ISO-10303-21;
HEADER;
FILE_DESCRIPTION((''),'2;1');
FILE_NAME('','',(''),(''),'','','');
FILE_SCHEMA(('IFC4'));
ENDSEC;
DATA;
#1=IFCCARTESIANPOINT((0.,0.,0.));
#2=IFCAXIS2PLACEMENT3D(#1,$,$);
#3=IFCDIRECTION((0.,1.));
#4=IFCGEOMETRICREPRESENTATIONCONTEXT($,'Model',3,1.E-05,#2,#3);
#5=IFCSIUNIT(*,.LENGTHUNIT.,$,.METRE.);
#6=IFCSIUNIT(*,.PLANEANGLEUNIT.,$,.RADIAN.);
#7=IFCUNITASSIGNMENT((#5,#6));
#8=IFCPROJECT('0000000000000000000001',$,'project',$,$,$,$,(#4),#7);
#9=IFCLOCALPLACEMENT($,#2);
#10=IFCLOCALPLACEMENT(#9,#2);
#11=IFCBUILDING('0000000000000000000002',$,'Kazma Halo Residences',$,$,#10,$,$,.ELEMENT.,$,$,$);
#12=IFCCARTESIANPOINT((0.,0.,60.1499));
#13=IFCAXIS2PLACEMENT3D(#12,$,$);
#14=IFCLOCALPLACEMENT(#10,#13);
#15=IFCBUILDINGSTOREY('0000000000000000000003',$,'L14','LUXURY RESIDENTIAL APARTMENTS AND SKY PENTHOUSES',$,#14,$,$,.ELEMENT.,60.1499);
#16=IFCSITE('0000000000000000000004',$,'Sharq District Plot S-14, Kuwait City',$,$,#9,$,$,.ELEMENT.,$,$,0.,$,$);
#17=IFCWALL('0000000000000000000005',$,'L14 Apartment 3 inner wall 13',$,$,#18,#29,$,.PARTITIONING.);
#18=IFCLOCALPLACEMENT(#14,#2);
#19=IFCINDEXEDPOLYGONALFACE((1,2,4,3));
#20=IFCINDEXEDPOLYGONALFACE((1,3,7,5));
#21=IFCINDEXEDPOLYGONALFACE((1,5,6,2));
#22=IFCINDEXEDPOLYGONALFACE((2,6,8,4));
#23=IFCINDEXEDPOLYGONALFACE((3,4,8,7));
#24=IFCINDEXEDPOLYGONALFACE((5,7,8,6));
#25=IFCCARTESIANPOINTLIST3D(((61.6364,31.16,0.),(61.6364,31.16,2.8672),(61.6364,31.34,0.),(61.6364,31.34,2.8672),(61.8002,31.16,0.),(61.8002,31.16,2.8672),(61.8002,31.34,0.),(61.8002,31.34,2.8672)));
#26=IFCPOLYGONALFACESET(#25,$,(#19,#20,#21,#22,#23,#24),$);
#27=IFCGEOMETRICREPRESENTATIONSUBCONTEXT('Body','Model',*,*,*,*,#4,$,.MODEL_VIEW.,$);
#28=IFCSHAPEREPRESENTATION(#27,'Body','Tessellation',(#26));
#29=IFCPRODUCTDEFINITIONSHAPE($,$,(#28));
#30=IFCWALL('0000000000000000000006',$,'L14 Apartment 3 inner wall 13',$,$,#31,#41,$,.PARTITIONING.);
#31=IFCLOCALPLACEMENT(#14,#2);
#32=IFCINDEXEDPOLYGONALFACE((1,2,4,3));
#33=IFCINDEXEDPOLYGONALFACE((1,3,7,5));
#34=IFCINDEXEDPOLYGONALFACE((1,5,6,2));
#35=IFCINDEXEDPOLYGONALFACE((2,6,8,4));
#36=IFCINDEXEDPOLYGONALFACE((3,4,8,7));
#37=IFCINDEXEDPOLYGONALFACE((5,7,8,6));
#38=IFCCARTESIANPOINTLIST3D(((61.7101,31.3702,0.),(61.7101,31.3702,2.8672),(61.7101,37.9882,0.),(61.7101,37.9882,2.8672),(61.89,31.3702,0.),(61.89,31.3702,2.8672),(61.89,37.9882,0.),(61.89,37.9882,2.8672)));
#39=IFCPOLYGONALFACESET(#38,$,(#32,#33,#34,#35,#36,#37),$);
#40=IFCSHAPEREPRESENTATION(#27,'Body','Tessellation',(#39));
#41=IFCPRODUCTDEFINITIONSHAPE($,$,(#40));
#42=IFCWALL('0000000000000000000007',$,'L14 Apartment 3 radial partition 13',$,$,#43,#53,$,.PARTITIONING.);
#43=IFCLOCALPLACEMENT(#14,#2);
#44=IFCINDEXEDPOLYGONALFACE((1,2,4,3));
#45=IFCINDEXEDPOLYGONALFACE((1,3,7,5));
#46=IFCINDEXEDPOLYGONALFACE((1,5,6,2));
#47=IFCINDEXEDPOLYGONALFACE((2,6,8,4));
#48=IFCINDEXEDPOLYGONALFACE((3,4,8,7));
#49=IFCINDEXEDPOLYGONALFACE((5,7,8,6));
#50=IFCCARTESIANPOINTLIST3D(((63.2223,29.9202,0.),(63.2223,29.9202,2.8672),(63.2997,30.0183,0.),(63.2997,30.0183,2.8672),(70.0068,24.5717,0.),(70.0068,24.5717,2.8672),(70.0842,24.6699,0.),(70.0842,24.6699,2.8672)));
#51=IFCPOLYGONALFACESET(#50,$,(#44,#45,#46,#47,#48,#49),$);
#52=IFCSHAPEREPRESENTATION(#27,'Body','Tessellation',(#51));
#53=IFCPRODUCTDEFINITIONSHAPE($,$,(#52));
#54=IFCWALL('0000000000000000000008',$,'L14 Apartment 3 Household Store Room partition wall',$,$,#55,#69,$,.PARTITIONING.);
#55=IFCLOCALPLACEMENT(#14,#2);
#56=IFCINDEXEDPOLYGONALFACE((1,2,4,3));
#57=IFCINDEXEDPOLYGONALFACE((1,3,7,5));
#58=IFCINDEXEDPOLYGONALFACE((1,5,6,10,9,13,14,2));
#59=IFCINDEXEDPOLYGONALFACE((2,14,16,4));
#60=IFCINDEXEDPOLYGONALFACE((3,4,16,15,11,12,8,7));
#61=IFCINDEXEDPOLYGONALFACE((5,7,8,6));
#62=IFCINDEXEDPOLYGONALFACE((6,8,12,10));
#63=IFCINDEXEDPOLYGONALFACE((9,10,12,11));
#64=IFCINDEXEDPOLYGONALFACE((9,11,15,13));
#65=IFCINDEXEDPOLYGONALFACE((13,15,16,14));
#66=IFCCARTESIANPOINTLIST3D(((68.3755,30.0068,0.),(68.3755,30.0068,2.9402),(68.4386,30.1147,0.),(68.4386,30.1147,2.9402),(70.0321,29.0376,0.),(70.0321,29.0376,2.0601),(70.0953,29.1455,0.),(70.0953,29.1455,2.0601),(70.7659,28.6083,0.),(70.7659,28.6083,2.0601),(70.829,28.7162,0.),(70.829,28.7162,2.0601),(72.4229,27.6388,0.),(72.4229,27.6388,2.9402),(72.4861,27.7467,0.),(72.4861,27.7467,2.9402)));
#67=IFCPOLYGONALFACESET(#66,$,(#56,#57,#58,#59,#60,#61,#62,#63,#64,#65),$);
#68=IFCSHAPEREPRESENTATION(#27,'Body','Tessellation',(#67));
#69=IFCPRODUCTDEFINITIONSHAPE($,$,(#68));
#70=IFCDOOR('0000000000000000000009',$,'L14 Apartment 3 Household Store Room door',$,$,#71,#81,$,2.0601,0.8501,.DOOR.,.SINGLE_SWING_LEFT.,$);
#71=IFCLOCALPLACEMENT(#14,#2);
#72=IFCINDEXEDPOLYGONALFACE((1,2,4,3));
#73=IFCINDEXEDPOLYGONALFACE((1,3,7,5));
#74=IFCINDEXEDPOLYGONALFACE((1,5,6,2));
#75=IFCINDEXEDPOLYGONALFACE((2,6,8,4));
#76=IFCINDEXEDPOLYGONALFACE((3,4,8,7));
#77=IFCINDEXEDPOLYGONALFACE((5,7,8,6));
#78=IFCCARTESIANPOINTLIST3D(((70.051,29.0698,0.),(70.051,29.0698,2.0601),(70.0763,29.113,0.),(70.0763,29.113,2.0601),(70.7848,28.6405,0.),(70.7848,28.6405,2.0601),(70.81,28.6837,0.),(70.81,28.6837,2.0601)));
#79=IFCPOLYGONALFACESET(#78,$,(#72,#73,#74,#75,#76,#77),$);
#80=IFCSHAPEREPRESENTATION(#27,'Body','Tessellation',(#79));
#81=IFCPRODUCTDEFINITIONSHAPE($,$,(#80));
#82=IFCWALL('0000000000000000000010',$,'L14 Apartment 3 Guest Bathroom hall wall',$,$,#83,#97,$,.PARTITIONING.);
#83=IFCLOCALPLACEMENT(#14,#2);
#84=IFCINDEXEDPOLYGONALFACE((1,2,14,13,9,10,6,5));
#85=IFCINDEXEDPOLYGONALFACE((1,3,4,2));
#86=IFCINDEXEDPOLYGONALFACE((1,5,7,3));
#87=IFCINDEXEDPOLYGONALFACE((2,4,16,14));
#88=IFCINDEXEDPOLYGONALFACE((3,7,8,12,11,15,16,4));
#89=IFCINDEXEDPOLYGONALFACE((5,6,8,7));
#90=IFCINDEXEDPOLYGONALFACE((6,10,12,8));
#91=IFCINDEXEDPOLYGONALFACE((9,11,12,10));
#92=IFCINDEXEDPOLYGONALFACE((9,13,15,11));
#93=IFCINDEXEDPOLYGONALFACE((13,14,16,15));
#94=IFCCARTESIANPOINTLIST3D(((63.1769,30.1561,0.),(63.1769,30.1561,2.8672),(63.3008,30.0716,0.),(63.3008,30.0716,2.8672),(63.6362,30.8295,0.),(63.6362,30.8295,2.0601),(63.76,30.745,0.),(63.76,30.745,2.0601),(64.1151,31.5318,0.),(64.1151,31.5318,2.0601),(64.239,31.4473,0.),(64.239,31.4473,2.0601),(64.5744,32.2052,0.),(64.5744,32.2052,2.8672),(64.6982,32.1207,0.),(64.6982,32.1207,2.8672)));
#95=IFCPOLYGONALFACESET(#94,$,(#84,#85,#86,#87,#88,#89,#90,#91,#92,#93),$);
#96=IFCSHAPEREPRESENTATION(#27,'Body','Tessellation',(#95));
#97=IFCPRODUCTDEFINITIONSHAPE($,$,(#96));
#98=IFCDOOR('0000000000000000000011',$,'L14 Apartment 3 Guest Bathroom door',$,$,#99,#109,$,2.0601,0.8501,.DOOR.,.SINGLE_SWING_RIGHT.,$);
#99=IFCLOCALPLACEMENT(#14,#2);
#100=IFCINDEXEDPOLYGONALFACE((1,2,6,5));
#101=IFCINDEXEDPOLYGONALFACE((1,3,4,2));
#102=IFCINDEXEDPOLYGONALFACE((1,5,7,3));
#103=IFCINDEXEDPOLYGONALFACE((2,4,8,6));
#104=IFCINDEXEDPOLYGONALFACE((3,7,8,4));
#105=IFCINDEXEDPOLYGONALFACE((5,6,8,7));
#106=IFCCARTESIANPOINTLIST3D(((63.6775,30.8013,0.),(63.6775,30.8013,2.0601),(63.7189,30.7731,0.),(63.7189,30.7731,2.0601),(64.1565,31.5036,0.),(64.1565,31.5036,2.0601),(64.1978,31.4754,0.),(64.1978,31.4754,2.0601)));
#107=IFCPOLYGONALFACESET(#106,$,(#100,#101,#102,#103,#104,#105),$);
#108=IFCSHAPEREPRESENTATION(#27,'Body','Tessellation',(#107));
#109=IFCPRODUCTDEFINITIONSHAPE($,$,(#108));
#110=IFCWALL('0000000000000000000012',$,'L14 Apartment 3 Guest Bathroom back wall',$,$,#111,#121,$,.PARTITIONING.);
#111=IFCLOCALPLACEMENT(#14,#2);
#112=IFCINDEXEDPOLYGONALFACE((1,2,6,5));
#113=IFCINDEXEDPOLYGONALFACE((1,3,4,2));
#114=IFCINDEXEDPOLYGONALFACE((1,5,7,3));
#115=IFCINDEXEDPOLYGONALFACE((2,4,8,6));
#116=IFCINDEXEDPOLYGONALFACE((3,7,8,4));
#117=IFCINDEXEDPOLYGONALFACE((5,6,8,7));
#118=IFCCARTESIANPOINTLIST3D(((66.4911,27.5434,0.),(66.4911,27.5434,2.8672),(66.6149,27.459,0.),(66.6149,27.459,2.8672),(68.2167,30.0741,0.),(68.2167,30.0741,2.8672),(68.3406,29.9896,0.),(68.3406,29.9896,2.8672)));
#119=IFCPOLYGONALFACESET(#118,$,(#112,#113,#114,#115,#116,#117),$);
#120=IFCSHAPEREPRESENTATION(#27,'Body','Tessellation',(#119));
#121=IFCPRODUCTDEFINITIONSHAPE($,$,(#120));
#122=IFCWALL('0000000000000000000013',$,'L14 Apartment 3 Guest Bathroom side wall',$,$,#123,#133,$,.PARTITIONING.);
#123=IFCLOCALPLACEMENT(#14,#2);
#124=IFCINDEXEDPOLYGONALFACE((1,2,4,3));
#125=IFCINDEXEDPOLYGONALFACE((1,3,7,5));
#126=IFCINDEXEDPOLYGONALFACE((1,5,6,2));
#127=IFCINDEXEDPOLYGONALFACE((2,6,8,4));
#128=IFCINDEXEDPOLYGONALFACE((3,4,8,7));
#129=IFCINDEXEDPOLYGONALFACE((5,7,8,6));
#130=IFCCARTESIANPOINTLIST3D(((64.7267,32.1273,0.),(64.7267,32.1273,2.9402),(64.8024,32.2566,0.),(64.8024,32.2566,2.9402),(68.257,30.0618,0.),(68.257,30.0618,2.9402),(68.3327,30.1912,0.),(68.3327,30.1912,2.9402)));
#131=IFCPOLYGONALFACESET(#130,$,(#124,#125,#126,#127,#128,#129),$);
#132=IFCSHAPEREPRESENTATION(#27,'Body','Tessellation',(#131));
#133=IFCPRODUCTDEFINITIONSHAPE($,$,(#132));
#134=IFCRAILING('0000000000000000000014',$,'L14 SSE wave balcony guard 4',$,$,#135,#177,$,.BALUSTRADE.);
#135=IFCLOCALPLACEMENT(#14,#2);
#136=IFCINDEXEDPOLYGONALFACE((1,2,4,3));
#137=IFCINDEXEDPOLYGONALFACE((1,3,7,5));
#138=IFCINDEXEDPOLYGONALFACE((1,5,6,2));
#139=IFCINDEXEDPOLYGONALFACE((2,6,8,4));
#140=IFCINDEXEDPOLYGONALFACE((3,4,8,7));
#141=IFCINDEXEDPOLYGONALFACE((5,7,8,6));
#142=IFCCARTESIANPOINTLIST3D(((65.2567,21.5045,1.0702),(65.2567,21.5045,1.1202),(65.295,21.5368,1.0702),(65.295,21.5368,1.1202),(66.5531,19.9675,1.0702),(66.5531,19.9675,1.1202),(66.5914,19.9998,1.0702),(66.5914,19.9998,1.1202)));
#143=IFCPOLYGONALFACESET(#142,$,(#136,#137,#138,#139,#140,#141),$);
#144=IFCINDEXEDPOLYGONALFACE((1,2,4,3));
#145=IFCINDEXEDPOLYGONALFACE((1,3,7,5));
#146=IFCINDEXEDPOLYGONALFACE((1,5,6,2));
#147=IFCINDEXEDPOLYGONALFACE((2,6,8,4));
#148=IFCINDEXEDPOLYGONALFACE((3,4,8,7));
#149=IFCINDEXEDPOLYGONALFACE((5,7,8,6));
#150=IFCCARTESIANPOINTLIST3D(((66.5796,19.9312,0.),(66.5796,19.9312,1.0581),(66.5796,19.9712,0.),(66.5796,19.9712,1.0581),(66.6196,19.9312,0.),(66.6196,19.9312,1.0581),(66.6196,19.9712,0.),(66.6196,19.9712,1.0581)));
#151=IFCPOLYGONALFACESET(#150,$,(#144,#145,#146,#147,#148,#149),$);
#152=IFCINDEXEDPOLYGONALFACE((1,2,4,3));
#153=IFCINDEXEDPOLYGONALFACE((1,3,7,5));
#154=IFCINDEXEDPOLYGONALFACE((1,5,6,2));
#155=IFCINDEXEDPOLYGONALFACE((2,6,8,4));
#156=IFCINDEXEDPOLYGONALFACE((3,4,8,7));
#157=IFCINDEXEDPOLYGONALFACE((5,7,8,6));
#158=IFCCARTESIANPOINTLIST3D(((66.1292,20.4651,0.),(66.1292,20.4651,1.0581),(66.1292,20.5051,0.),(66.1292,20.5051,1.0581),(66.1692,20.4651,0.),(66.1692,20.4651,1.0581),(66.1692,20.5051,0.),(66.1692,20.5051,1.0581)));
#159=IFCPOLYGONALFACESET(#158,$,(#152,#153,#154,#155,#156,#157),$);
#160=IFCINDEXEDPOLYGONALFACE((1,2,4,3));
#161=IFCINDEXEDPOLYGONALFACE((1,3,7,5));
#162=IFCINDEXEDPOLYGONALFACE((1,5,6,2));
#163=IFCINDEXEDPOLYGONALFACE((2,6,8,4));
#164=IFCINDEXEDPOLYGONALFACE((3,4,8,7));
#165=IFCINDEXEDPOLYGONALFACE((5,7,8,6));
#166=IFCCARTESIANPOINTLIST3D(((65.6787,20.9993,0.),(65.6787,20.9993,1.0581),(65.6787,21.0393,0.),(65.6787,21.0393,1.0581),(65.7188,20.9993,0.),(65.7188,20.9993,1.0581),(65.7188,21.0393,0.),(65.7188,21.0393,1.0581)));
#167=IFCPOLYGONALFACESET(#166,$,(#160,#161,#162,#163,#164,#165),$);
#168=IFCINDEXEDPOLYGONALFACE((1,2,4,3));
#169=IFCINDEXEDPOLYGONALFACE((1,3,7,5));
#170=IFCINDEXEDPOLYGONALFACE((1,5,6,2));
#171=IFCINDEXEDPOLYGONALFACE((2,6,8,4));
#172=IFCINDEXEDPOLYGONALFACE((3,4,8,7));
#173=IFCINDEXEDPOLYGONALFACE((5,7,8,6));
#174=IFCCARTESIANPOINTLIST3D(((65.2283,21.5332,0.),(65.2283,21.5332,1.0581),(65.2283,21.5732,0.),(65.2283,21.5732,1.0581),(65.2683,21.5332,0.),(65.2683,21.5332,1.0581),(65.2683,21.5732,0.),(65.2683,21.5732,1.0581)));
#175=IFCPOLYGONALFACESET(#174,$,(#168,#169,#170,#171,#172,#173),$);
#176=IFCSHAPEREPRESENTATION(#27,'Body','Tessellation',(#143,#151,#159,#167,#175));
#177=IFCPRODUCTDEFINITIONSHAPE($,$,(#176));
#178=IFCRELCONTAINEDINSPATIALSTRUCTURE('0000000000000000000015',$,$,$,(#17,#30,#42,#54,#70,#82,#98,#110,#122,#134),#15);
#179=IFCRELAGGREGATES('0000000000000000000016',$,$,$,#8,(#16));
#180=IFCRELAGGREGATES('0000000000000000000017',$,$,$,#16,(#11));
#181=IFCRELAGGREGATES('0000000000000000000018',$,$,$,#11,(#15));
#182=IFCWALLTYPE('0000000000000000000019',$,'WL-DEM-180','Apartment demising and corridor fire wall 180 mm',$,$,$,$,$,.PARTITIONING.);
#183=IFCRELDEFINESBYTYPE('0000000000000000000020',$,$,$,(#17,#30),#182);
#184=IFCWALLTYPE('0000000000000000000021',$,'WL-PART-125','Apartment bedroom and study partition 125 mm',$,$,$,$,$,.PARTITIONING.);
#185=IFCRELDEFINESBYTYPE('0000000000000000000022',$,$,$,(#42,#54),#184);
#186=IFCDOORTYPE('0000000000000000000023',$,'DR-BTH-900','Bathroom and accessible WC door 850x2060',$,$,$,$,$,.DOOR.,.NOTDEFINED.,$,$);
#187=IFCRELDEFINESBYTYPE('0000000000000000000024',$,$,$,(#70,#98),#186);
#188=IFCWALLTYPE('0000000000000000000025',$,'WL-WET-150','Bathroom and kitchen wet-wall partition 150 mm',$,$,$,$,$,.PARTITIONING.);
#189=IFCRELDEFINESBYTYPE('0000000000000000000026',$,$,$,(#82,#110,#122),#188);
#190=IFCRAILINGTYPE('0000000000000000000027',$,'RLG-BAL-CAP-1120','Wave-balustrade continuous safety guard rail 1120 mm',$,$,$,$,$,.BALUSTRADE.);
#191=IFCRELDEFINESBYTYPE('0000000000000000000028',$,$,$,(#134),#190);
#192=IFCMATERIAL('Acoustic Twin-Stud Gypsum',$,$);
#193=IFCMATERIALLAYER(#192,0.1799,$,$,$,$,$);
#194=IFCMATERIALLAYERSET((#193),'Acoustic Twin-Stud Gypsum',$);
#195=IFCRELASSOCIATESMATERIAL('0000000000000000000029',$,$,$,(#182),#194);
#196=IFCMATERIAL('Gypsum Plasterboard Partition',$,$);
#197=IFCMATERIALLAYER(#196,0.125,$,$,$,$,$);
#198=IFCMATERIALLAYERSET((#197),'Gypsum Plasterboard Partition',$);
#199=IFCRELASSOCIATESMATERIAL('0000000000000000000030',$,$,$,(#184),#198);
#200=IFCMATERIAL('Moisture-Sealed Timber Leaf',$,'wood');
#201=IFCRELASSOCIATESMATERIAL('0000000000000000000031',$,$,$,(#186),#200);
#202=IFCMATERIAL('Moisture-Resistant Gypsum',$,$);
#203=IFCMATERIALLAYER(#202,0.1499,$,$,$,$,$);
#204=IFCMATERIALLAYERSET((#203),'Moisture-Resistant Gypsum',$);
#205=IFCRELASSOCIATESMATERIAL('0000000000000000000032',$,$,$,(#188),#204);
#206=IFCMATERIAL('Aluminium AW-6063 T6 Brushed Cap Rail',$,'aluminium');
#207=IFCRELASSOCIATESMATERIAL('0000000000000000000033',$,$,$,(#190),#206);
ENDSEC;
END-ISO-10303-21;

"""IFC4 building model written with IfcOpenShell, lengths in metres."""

from ifc_helpers import new_model, si_unit, direction, frame, frame_2d, origin, origin_2d, place, context, subcontext, project, spatial, rectangle, extrude, material, layer, layer_set, type_object, element, fill, save


model = new_model("IFC4")

# Units and contexts
model_context = context("Model", 3, precision=1e-05, world=origin(), true_north=direction((0.0, 1.0)))
body_context = subcontext(model_context, "Body", "Model", "MODEL_VIEW")
ifc_project = project(units=[si_unit("LENGTHUNIT", "METRE"), si_unit("PLANEANGLEUNIT", "RADIAN")], contexts=[model_context])

# Site, building, storey
site_placement = place(None, origin())
site = spatial("IfcSite", under=ifc_project, at=site_placement, Name="Sharq District Plot S-14, Kuwait City", CompositionType="ELEMENT", RefElevation=0.0)
building_placement = place(site_placement, origin())
building = spatial("IfcBuilding", under=site, at=building_placement, Name="Kazma Halo Residences", CompositionType="ELEMENT")
storey_placement = place(building_placement, frame((0.0, 0.0, 60.1499)))
storey = spatial("IfcBuildingStorey", under=building, at=storey_placement, Name="L14", Description="LUXURY RESIDENTIAL APARTMENTS AND SKY PENTHOUSES", CompositionType="ELEMENT", Elevation=60.1499)

# Walls
ifc_material_1 = material(Name="Acoustic Twin-Stud Gypsum")
ifc_layer_1 = layer(ifc_material_1, 0.1799)
ifc_layer_set_1 = layer_set([ifc_layer_1], Name="Acoustic Twin-Stud Gypsum")
wall_type_1 = type_object("IfcWallType", Name="WL-DEM-180", Description="Apartment demising and corridor fire wall 180 mm", PredefinedType="PARTITIONING", material=ifc_layer_set_1)
wall_1_placement = place(storey_placement, frame((61.6362, 31.25, 0.0), z_axis=(0.0, 0.0, 1.0), x_axis=(1.0, 0.0, 0.0)))
element("IfcWall", 1, at=wall_1_placement, inside=storey, type_object=wall_type_1, Name="L14 Apartment 3 inner wall 13", PredefinedType="PARTITIONING", context=body_context, shape_type="SweptSolid", body=[
    extrude(rectangle(XDim=0.1638, YDim=0.1799, at=frame_2d((0.082, 0.0))), origin(), (0.0, 0.0, 1.0), 2.8672),
])
wall_2_placement = place(storey_placement, frame((61.8, 31.3701, 0.0), z_axis=(0.0, 0.0, 1.0), x_axis=(0.0, 1.0, 0.0)))
element("IfcWall", 2, at=wall_2_placement, inside=storey, type_object=wall_type_1, Name="L14 Apartment 3 inner wall 13", PredefinedType="PARTITIONING", context=body_context, shape_type="SweptSolid", body=[
    extrude(rectangle(XDim=6.6179, YDim=0.1799, at=frame_2d((3.3091, 0.0))), origin(), (0.0, 0.0, 1.0), 2.8672),
])

# Wall
ifc_material_2 = material(Name="Gypsum Plasterboard Partition")
ifc_layer_2 = layer(ifc_material_2, 0.125)
ifc_layer_set_2 = layer_set([ifc_layer_2], Name="Gypsum Plasterboard Partition")
wall_type_2 = type_object("IfcWallType", Name="WL-PART-125", Description="Apartment bedroom and study partition 125 mm", PredefinedType="PARTITIONING", material=ifc_layer_set_2)
wall_3_placement = place(storey_placement, frame((63.261, 29.9692, 0.0), z_axis=(0.0, 0.0, 1.0), x_axis=(0.785318, -0.619093, 0.0)))
element("IfcWall", 3, at=wall_3_placement, inside=storey, type_object=wall_type_2, Name="L14 Apartment 3 radial partition 13", PredefinedType="PARTITIONING", context=body_context, shape_type="SweptSolid", body=[
    extrude(rectangle(XDim=8.6392, YDim=0.125, at=frame_2d((4.3196, 0.0))), origin(), (0.0, 0.0, 1.0), 2.8672),
])

# Walls, openings, doors
wall_4_placement = place(storey_placement, frame((68.407, 30.0608, 0.0), z_axis=(0.0, 0.0, 1.0), x_axis=(0.863132, -0.504978, 0.0)))
wall_4 = element("IfcWall", 4, at=wall_4_placement, inside=storey, type_object=wall_type_2, Name="L14 Apartment 3 Household Store Room partition wall", PredefinedType="PARTITIONING", context=body_context, shape_type="SweptSolid", body=[
    extrude(rectangle(XDim=4.6892, YDim=0.125, at=frame_2d((2.3447, 0.0))), origin(), (0.0, 0.0, 1.0), 2.9402),
])
opening_1_placement = place(wall_4_placement, frame((1.9194, 0.0, 0.0)))
opening_1 = element("IfcOpeningElement", 5, at=opening_1_placement, cuts=wall_4, PredefinedType="OPENING", context=body_context, shape_type="SweptSolid", body=[
    extrude(rectangle(XDim=0.8501, YDim=2.0601, at=frame_2d((0.425, 1.03))), frame((0.0, 0.0725, 0.0), z_axis=(0.0, -1.0, 0.0), x_axis=(1.0, 0.0, 0.0)), (0.0, 0.0, 1.0), 0.145),
])
ifc_material_3 = material(Name="Moisture-Sealed Timber Leaf", Category="wood")
door_type_1 = type_object("IfcDoorType", Name="DR-BTH-900", Description="Bathroom and accessible WC door 850x2060", OperationType="NOTDEFINED", PredefinedType="DOOR", material=ifc_material_3)
door_1_placement = place(opening_1_placement, origin())
door_1 = element("IfcDoor", 6, at=door_1_placement, inside=storey, type_object=door_type_1, Name="L14 Apartment 3 Household Store Room door", OperationType="SINGLE_SWING_LEFT", OverallHeight=2.0601, OverallWidth=0.8501, PredefinedType="DOOR", context=body_context, shape_type="SweptSolid", body=[
    extrude(rectangle(XDim=0.8501, YDim=2.0601, at=frame_2d((0.425, 1.03))), frame((0.0, 0.0249, 0.0), z_axis=(0.0, -1.0, 0.0), x_axis=(1.0, 0.0, 0.0)), (0.0, 0.0, 1.0), 0.05),
])
fill(opening_1, door_1)
ifc_material_4 = material(Name="Moisture-Resistant Gypsum")
ifc_layer_3 = layer(ifc_material_4, 0.1499)
ifc_layer_set_3 = layer_set([ifc_layer_3], Name="Moisture-Resistant Gypsum")
wall_type_3 = type_object("IfcWallType", Name="WL-WET-150", Description="Bathroom and kitchen wet-wall partition 150 mm", PredefinedType="PARTITIONING", material=ifc_layer_set_3)
wall_5_placement = place(storey_placement, frame((63.2388, 30.1138, 0.0), z_axis=(0.0, 0.0, 1.0), x_axis=(0.563438, 0.826159, 0.0)))
wall_5 = element("IfcWall", 7, at=wall_5_placement, inside=storey, type_object=wall_type_3, Name="L14 Apartment 3 Guest Bathroom hall wall", PredefinedType="PARTITIONING", context=body_context, shape_type="SweptSolid", body=[
    extrude(rectangle(XDim=2.4802, YDim=0.1499, at=frame_2d((1.2402, 0.0))), origin(), (0.0, 0.0, 1.0), 2.8672),
])
opening_2_placement = place(wall_5_placement, frame((0.8152, 0.0, 0.0)))
opening_2 = element("IfcOpeningElement", 8, at=opening_2_placement, cuts=wall_5, PredefinedType="OPENING", context=body_context, shape_type="SweptSolid", body=[
    extrude(rectangle(XDim=0.8501, YDim=2.0601, at=frame_2d((0.425, 1.03))), frame((0.0, 0.085, 0.0), z_axis=(0.0, -1.0, 0.0), x_axis=(1.0, 0.0, 0.0)), (0.0, 0.0, 1.0), 0.1699),
])
door_2_placement = place(opening_2_placement, origin())
door_2 = element("IfcDoor", 9, at=door_2_placement, inside=storey, type_object=door_type_1, Name="L14 Apartment 3 Guest Bathroom door", OperationType="SINGLE_SWING_RIGHT", OverallHeight=2.0601, OverallWidth=0.8501, PredefinedType="DOOR", context=body_context, shape_type="SweptSolid", body=[
    extrude(rectangle(XDim=0.8501, YDim=2.0601, at=frame_2d((0.425, 1.03))), frame((0.0, 0.0249, 0.0), z_axis=(0.0, -1.0, 0.0), x_axis=(1.0, 0.0, 0.0)), (0.0, 0.0, 1.0), 0.05),
])
fill(opening_2, door_2)

# Walls
wall_6_placement = place(storey_placement, frame((66.553, 27.5012, 0.0), z_axis=(0.0, 0.0, 1.0), x_axis=(0.563389, 0.826192, 0.0)))
element("IfcWall", 10, at=wall_6_placement, inside=storey, type_object=wall_type_3, Name="L14 Apartment 3 Guest Bathroom back wall", PredefinedType="PARTITIONING", context=body_context, shape_type="SweptSolid", body=[
    extrude(rectangle(XDim=3.063, YDim=0.1499, at=frame_2d((1.5315, 0.0))), origin(), (0.0, 0.0, 1.0), 2.8672),
])
wall_7_placement = place(storey_placement, frame((64.7646, 32.1919, 0.0), z_axis=(0.0, 0.0, 1.0), x_axis=(0.863129, -0.504984, 0.0)))
element("IfcWall", 11, at=wall_7_placement, inside=storey, type_object=wall_type_3, Name="L14 Apartment 3 Guest Bathroom side wall", PredefinedType="PARTITIONING", context=body_context, shape_type="SweptSolid", body=[
    extrude(rectangle(XDim=4.0901, YDim=0.1499, at=frame_2d((2.0449, 0.0))), origin(), (0.0, 0.0, 1.0), 2.9402),
])

# Railing
ifc_material_5 = material(Name="Aluminium AW-6063 T6 Brushed Cap Rail", Category="aluminium")
railing_type = type_object("IfcRailingType", Name="RLG-BAL-CAP-1120", Description="Wave-balustrade continuous safety guard rail 1120 mm", PredefinedType="BALUSTRADE", material=ifc_material_5)
railing_1_placement = place(storey_placement, frame((66.5996, 19.9512, 0.0)))
element("IfcRailing", 12, at=railing_1_placement, inside=storey, type_object=railing_type, Name="L14 SSE wave balcony guard 4", PredefinedType="BALUSTRADE", context=body_context, shape_type="SweptSolid", body=[
    extrude(rectangle(XDim=0.05, YDim=0.05, at=origin_2d()), frame((-0.0273, 0.0325, 1.0952), z_axis=(-0.644756, 0.764388, 0.0), x_axis=(-0.764388, -0.644756, 0.0)), (0.0, 0.0, 1.0), 2.0107),
    extrude(rectangle(XDim=0.04, YDim=0.04, at=origin_2d()), origin(), (0.0, 0.0, 1.0), 1.0581),
    extrude(rectangle(XDim=0.04, YDim=0.04, at=origin_2d()), frame((-0.4504, 0.5339, 0.0)), (0.0, 0.0, 1.0), 1.0581),
    extrude(rectangle(XDim=0.04, YDim=0.04, at=origin_2d()), frame((-0.9009, 1.0681, 0.0)), (0.0, 0.0, 1.0), 1.0581),
    extrude(rectangle(XDim=0.04, YDim=0.04, at=origin_2d()), frame((-1.3513, 1.6021, 0.0)), (0.0, 0.0, 1.0), 1.0581),
])

save(model, "model.ifc")
